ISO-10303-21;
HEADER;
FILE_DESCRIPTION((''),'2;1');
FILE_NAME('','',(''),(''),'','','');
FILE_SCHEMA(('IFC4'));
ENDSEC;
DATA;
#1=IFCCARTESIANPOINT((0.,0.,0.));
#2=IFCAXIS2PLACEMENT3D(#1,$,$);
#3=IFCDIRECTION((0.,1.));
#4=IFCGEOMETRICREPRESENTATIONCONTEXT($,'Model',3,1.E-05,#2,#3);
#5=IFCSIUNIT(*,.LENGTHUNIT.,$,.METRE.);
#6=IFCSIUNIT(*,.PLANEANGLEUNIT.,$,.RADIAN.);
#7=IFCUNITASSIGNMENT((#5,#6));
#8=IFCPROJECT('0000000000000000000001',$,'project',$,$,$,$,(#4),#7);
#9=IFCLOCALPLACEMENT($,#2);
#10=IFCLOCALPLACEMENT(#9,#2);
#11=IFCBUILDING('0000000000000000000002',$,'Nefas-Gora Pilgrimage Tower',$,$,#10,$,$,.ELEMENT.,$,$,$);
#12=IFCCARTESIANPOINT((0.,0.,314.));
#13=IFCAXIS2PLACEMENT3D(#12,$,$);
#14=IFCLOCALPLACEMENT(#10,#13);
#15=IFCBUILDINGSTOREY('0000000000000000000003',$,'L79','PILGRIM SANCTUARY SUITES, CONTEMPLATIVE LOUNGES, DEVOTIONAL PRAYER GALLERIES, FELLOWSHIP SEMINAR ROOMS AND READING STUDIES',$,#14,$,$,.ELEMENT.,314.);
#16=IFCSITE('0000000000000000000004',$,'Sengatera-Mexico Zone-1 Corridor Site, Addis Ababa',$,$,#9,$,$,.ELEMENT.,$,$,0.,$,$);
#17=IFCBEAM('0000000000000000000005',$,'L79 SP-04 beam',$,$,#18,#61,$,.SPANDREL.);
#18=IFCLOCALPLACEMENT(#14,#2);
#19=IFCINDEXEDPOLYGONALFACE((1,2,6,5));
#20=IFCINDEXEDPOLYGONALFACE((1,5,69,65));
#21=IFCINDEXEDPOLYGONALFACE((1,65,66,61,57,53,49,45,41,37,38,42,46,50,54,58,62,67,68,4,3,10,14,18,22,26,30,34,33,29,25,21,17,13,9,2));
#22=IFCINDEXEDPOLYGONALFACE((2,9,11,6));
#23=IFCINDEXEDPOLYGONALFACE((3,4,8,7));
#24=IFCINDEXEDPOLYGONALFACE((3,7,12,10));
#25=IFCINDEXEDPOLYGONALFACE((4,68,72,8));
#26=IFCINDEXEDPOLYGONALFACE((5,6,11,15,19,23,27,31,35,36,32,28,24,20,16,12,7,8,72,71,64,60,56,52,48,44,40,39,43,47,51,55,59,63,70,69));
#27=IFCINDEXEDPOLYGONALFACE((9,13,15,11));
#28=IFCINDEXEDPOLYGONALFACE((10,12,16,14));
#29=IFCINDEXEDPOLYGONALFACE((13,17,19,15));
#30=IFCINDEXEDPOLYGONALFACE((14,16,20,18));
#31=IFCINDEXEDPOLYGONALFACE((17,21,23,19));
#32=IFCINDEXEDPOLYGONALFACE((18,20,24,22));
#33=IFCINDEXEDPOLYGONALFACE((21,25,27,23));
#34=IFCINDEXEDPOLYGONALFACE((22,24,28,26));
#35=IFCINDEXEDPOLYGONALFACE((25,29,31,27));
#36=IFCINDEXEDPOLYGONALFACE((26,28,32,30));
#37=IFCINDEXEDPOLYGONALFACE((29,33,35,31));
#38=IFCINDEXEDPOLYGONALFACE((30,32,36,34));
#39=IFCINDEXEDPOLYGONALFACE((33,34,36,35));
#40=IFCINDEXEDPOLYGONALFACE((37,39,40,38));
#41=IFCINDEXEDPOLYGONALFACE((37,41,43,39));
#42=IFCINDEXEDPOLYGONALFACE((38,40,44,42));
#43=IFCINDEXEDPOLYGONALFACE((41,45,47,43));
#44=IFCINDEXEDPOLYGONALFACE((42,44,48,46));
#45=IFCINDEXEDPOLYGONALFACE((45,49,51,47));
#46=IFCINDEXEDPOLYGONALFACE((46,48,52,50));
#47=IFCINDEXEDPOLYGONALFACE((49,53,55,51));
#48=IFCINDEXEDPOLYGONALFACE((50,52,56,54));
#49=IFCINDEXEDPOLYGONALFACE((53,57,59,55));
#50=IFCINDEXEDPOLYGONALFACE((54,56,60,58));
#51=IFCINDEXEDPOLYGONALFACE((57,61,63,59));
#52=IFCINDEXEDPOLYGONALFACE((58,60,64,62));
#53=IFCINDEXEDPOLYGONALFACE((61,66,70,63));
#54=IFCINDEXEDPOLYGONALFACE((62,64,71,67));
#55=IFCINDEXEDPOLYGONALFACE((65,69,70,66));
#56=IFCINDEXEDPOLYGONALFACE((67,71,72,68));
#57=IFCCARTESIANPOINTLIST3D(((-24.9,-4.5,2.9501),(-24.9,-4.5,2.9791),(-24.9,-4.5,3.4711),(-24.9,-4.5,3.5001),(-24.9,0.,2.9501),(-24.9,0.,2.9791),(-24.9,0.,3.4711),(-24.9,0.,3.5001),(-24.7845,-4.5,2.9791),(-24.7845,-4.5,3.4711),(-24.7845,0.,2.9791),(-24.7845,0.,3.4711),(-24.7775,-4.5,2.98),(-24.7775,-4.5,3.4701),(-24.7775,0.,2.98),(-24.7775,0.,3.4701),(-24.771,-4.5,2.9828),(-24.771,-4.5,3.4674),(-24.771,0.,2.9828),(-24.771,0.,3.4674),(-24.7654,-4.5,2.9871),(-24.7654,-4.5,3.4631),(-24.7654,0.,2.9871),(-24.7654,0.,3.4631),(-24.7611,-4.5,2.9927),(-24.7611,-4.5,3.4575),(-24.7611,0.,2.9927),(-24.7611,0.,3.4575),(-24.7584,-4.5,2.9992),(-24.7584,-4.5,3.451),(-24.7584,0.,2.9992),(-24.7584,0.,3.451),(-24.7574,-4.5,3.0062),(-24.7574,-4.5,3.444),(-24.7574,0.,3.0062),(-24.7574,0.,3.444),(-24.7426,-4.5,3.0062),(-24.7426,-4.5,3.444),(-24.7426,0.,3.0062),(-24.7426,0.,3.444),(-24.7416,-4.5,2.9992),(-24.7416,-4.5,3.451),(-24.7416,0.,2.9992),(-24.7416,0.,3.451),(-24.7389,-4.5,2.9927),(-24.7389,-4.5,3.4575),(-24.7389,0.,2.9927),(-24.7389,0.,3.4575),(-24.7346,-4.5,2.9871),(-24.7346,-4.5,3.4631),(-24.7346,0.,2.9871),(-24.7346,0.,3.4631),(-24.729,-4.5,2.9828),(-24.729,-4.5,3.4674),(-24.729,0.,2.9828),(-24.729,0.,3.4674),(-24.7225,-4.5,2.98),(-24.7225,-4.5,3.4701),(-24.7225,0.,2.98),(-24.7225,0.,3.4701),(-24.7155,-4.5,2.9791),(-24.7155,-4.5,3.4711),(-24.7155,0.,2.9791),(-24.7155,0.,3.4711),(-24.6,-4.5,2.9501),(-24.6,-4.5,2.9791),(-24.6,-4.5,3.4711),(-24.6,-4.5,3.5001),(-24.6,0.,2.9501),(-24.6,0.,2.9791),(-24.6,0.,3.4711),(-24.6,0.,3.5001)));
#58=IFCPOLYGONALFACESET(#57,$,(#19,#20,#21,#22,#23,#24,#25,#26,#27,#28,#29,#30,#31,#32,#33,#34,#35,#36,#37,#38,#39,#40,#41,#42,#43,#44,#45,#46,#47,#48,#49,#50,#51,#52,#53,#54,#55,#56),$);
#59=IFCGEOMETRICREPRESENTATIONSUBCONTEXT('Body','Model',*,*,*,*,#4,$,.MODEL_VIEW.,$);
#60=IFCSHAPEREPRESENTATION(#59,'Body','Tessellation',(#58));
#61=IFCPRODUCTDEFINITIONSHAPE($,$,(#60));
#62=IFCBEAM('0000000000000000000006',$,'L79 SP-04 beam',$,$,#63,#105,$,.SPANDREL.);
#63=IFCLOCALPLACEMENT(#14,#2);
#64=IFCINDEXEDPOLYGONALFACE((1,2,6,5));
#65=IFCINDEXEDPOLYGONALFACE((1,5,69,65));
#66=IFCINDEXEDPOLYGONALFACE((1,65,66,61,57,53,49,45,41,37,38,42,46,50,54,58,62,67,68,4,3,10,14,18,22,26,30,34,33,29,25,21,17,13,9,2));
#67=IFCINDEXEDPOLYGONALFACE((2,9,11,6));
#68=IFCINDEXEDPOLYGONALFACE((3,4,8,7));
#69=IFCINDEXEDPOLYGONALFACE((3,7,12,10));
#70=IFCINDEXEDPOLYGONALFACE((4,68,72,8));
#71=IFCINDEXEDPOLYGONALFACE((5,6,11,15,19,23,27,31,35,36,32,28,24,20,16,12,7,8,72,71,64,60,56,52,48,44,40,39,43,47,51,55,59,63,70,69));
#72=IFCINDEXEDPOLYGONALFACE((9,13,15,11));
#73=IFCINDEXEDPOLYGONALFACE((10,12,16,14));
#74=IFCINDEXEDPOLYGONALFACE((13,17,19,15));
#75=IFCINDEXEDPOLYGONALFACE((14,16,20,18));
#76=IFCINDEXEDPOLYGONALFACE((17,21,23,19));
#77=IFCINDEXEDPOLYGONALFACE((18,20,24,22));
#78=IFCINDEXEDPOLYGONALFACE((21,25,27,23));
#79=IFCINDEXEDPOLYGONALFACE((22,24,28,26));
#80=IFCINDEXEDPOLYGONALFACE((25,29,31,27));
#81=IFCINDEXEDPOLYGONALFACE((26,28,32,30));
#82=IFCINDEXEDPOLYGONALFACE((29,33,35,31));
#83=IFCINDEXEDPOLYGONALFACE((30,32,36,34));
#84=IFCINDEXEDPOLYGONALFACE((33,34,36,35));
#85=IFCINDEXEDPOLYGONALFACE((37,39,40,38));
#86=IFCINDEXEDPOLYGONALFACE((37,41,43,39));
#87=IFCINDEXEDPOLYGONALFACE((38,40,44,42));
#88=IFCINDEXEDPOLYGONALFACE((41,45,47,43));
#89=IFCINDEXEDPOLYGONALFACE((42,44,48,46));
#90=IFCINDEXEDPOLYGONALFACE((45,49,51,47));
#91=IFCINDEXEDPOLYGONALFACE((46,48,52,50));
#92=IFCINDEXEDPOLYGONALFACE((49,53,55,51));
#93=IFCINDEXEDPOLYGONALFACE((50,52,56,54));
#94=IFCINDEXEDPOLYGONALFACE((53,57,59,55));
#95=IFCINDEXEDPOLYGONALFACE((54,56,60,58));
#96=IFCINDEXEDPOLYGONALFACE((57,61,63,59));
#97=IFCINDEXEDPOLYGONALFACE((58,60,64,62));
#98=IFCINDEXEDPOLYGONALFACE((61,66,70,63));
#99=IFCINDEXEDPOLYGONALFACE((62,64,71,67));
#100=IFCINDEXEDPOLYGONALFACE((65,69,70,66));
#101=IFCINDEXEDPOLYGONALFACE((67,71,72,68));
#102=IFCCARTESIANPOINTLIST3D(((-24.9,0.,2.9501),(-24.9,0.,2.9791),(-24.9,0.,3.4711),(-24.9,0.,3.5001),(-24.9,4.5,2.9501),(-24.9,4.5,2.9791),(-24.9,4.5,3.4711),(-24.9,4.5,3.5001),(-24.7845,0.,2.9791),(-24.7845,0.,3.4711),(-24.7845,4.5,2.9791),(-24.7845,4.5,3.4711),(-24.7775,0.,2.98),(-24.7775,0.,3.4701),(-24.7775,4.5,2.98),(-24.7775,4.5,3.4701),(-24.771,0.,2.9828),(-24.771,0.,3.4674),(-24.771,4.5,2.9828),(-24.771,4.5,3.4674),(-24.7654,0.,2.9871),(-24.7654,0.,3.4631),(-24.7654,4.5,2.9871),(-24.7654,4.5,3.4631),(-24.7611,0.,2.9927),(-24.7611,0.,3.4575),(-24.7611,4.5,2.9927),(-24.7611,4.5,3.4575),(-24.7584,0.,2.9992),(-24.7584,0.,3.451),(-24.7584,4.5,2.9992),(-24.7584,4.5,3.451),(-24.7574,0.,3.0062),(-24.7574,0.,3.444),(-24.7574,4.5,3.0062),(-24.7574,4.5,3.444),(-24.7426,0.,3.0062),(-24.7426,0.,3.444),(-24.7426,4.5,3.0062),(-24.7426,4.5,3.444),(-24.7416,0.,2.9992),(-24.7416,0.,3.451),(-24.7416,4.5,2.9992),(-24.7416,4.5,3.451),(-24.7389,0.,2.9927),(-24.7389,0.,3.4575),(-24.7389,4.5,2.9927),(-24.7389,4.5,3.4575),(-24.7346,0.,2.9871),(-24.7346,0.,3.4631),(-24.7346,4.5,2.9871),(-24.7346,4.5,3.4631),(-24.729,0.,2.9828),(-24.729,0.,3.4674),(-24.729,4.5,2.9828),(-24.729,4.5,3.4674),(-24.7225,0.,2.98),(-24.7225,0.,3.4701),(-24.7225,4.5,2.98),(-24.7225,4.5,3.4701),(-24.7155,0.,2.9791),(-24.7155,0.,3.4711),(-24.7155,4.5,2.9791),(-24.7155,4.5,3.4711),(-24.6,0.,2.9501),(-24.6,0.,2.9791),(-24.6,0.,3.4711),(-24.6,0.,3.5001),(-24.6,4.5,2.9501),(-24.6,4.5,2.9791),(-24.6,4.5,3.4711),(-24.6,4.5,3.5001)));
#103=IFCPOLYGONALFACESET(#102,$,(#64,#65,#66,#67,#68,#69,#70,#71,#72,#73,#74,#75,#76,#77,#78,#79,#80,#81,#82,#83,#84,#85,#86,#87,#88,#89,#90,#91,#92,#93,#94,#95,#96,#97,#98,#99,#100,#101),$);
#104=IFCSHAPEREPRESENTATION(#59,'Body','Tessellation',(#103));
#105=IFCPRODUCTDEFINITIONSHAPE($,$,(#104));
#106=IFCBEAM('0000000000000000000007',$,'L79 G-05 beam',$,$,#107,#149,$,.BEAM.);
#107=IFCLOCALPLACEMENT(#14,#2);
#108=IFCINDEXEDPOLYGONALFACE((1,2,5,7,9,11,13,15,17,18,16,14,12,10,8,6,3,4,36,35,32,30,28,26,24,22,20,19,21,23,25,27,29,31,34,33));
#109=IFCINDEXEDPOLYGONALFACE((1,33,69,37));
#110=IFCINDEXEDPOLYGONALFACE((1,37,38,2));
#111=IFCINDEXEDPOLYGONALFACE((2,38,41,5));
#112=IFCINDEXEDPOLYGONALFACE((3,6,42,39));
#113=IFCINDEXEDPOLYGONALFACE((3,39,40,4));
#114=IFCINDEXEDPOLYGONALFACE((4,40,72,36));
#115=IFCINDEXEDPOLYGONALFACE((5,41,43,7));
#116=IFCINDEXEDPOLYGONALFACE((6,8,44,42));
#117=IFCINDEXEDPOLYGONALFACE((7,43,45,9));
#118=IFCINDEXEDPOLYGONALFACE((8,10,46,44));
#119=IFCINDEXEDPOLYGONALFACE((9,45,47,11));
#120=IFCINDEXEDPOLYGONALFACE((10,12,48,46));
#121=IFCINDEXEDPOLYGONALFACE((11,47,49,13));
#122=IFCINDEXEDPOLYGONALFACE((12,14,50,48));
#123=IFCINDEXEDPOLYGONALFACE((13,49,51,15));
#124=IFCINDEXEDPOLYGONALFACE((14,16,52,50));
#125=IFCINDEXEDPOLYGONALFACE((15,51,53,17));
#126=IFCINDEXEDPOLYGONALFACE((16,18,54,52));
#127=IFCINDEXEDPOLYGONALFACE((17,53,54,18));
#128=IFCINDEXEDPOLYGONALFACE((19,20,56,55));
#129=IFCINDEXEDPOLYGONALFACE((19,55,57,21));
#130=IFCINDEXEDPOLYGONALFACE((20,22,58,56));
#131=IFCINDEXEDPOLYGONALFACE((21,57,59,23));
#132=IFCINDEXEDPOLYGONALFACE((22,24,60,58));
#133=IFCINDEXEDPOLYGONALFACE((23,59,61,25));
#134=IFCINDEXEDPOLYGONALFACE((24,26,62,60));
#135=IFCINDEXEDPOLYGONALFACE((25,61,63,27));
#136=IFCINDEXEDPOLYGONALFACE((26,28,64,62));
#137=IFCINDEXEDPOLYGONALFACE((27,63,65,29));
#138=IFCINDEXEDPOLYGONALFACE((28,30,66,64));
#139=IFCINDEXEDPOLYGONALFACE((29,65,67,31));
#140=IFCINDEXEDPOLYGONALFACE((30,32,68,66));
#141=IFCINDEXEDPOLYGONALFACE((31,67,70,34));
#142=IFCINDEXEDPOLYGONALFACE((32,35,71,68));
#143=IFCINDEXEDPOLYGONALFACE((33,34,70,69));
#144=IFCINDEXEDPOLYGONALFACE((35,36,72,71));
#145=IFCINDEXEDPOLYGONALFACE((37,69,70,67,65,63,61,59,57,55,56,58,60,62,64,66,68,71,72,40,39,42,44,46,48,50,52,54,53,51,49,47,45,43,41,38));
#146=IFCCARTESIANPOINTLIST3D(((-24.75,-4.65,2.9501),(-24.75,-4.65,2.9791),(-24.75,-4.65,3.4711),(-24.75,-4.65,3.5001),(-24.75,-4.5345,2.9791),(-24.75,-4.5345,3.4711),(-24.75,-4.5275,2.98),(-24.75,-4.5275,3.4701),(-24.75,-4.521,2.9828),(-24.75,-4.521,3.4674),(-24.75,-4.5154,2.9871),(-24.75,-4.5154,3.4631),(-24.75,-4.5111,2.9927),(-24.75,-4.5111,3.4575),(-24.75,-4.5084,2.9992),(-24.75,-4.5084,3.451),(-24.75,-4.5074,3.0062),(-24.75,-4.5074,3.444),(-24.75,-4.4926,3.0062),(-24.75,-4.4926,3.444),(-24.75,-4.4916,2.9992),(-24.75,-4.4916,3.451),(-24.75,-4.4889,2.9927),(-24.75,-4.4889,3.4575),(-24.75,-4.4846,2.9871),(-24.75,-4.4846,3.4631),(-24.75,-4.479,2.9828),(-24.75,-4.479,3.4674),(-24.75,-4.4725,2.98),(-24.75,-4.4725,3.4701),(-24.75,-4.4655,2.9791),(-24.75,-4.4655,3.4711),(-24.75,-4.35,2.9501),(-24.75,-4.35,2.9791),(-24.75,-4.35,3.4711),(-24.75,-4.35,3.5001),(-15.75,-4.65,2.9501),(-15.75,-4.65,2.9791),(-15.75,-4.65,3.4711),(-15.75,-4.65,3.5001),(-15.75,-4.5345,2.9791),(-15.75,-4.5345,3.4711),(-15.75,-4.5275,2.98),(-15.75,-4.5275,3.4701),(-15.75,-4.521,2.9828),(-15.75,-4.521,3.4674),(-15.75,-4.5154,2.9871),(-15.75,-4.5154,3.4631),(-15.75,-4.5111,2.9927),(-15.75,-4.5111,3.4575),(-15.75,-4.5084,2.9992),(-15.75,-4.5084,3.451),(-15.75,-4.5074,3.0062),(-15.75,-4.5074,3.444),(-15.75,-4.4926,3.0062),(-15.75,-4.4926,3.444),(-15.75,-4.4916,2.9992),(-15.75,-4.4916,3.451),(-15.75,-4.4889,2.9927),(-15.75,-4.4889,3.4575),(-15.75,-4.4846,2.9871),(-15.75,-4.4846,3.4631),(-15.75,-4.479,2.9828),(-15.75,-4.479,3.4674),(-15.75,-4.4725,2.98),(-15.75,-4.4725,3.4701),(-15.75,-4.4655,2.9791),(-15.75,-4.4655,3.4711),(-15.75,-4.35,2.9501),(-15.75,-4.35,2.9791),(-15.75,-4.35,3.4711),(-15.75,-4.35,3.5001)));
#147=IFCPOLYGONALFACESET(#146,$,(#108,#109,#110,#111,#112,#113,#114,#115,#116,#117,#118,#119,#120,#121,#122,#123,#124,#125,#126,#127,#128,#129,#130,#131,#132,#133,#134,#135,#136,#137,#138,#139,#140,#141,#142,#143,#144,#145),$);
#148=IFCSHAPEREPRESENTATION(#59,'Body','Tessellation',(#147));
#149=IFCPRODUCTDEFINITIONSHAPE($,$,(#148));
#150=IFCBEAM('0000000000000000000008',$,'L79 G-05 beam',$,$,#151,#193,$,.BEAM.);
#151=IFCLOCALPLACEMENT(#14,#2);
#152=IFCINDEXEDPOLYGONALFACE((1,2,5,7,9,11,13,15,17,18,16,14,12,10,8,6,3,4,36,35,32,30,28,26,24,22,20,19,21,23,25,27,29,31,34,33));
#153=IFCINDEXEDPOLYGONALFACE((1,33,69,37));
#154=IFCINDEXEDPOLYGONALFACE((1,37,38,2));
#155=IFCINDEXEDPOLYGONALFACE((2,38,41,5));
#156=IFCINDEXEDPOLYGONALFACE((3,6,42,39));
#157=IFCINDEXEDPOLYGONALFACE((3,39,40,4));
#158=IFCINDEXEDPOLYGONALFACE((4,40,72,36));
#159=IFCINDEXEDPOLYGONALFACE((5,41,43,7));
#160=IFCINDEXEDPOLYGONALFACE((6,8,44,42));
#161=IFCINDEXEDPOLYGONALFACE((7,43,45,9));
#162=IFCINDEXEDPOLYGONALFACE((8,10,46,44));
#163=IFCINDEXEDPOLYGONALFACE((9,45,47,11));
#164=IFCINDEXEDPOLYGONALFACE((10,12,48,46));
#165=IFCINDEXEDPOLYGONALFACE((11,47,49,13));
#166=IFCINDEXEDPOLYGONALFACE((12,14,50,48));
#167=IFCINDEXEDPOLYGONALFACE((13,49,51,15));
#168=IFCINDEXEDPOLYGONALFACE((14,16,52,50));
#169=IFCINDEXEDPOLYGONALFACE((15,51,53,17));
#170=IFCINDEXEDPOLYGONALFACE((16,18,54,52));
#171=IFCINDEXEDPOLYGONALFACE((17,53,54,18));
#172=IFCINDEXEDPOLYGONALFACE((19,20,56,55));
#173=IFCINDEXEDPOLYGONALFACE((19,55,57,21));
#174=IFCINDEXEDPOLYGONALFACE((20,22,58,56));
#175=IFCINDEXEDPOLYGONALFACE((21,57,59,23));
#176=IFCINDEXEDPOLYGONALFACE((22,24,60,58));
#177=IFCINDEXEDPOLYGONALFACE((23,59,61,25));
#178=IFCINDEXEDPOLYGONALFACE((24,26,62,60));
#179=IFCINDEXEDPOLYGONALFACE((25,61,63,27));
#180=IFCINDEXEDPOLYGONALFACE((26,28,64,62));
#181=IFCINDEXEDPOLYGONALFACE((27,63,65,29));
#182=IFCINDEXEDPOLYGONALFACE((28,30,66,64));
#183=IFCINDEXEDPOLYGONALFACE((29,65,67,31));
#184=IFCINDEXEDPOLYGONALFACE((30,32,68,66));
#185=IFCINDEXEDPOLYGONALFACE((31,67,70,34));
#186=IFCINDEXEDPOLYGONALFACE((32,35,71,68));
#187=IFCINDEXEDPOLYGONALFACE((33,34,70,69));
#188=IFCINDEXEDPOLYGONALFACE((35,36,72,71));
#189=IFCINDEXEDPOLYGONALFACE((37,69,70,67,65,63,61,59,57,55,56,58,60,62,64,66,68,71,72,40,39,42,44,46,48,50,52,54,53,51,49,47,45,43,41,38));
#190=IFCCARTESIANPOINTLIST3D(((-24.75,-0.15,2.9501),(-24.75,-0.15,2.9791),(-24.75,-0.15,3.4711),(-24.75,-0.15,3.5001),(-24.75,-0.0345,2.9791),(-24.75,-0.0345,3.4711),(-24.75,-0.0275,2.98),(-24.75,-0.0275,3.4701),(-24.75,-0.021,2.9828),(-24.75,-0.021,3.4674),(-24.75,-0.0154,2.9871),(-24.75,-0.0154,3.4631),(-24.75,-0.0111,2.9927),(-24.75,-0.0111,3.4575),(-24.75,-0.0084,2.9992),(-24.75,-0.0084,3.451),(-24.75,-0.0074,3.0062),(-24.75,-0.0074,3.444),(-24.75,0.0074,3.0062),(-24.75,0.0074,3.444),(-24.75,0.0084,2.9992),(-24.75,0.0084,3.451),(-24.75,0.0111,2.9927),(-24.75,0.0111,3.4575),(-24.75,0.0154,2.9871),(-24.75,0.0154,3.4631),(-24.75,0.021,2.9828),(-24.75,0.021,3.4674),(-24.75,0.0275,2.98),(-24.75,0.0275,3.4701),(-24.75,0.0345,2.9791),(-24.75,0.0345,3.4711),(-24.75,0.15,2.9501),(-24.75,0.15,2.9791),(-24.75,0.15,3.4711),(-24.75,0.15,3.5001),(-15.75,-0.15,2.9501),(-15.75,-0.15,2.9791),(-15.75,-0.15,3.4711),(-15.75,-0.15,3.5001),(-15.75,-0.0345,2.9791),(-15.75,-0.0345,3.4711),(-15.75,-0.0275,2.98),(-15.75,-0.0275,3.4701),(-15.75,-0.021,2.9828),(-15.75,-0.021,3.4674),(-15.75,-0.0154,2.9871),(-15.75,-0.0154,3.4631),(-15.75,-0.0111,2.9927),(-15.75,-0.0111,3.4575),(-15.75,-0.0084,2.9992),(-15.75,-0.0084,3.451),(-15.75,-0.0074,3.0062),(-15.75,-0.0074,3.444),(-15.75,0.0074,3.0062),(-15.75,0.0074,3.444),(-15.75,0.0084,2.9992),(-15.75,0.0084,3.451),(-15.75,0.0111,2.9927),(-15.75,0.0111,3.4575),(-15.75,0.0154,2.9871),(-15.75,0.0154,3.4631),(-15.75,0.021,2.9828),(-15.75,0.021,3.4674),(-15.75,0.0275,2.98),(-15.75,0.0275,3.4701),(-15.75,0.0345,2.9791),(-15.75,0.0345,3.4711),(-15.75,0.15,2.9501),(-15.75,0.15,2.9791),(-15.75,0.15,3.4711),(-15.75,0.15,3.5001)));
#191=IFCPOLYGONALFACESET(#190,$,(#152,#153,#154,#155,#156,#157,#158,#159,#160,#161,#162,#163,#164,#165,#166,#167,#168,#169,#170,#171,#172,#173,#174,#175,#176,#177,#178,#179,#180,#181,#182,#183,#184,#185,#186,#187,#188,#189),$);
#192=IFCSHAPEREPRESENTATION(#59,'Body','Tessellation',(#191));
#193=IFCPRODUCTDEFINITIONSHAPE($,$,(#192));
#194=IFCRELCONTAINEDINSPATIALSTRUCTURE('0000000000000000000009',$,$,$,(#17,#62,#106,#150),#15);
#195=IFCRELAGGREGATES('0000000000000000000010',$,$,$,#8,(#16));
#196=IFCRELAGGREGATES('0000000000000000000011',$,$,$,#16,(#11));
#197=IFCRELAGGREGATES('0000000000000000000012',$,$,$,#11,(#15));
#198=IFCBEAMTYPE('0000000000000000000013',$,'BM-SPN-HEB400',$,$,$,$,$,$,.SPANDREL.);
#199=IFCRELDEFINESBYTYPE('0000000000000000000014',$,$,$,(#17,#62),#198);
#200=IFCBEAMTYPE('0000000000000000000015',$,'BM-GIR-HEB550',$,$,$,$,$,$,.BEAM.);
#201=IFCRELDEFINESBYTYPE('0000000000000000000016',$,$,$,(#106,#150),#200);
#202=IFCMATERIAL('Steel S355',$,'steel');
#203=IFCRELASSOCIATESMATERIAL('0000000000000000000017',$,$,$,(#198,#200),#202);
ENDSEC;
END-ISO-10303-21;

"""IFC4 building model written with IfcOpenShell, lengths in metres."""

from ifc_helpers import new_model, si_unit, direction, frame, origin, origin_2d, place, context, subcontext, project, spatial, i_section, extrude, source, transform, mapped, material, material_profile, profile_set, type_object, element, save


model = new_model("IFC4")

# Units and contexts
model_context = context("Model", 3, precision=1e-05, world=origin(), true_north=direction((0.0, 1.0)))
body_context = subcontext(model_context, "Body", "Model", "MODEL_VIEW")
ifc_project = project(units=[si_unit("LENGTHUNIT", "METRE"), si_unit("PLANEANGLEUNIT", "RADIAN")], contexts=[model_context])

# Site, building, storey
site_placement = place(None, origin())
site = spatial("IfcSite", under=ifc_project, at=site_placement, Name="Sengatera-Mexico Zone-1 Corridor Site, Addis Ababa", CompositionType="ELEMENT", RefElevation=0.0)
building_placement = place(site_placement, origin())
building = spatial("IfcBuilding", under=site, at=building_placement, Name="Nefas-Gora Pilgrimage Tower", CompositionType="ELEMENT")
storey_placement = place(building_placement, frame((0.0, 0.0, 314.0)))
storey = spatial("IfcBuildingStorey", under=building, at=storey_placement, Name="L79", Description="PILGRIM SANCTUARY SUITES, CONTEMPLATIVE LOUNGES, DEVOTIONAL PRAYER GALLERIES, FELLOWSHIP SEMINAR ROOMS AND READING STUDIES", CompositionType="ELEMENT", Elevation=314.0)

# Shared definitions
ifc_material_1 = material(Name="Steel S355", Category="steel")

# Beams
ifc_material_profile_1 = material_profile(ifc_material_1, i_section(OverallWidth=0.3, OverallDepth=0.55, WebThickness=0.0149, FlangeThickness=0.0291, FilletRadius=0.0271, at=origin_2d()), Name="HEB 550")
ifc_profile_set_1 = profile_set([ifc_material_profile_1], Name="Steel S355")
beam_type_1 = type_object("IfcBeamType", Name="BM-SPN-HEB400", PredefinedType="SPANDREL", material=ifc_profile_set_1)
shared_shape_1 = source(origin(), body_context, "Body", "SweptSolid", [
    extrude(i_section(OverallWidth=0.3, OverallDepth=0.55, WebThickness=0.0149, FlangeThickness=0.0291, FilletRadius=0.0271, at=origin_2d()), origin(), (0.0, 0.0, 1.0), 4.5),
])
for number, where, z_axis, x_axis, name in (
    (1, (-24.75, -4.5, 3.2251), (0.0, 1.0, 0.0), (-1.0, 0.0, 0.0), "L79 SP-04 beam"),
    (2, (-24.75, 0.0, 3.2251), (0.0, 1.0, 0.0), (-1.0, 0.0, 0.0), "L79 SP-04 beam"),
):
    element("IfcBeam", number, at=place(storey_placement, frame(where, z_axis=z_axis, x_axis=x_axis)), inside=storey, type_object=beam_type_1, Name=name, PredefinedType="SPANDREL", context=body_context, shape_type="MappedRepresentation", body=[
        mapped(shared_shape_1, transform((0.0, 0.0, 0.0), x_axis=(1.0, 0.0, 0.0), y_axis=(0.0, 1.0, 0.0), z_axis=(0.0, 0.0, 1.0), scale=1.0)),
    ])
ifc_material_profile_2 = material_profile(ifc_material_1, i_section(OverallWidth=0.3, OverallDepth=0.55, WebThickness=0.0149, FlangeThickness=0.0291, FilletRadius=0.0271, at=origin_2d()), Name="HEB 550")
ifc_profile_set_2 = profile_set([ifc_material_profile_2], Name="Steel S355")
beam_type_2 = type_object("IfcBeamType", Name="BM-GIR-HEB550", PredefinedType="BEAM", material=ifc_profile_set_2)
shared_shape_2 = source(origin(), body_context, "Body", "SweptSolid", [
    extrude(i_section(OverallWidth=0.3, OverallDepth=0.55, WebThickness=0.0149, FlangeThickness=0.0291, FilletRadius=0.0271, at=origin_2d()), origin(), (0.0, 0.0, 1.0), 9.0),
])
for number, where, z_axis, x_axis, name in (
    (3, (-24.75, -4.5, 3.2251), (1.0, 0.0, 0.0), (0.0, 1.0, 0.0), "L79 G-05 beam"),
    (4, (-24.75, 0.0, 3.2251), (1.0, 0.0, 0.0), (0.0, 1.0, 0.0), "L79 G-05 beam"),
):
    element("IfcBeam", number, at=place(storey_placement, frame(where, z_axis=z_axis, x_axis=x_axis)), inside=storey, type_object=beam_type_2, Name=name, PredefinedType="BEAM", context=body_context, shape_type="MappedRepresentation", body=[
        mapped(shared_shape_2, transform((0.0, 0.0, 0.0), x_axis=(1.0, 0.0, 0.0), y_axis=(0.0, 1.0, 0.0), z_axis=(0.0, 0.0, 1.0), scale=1.0)),
    ])

save(model, "model.ifc")
